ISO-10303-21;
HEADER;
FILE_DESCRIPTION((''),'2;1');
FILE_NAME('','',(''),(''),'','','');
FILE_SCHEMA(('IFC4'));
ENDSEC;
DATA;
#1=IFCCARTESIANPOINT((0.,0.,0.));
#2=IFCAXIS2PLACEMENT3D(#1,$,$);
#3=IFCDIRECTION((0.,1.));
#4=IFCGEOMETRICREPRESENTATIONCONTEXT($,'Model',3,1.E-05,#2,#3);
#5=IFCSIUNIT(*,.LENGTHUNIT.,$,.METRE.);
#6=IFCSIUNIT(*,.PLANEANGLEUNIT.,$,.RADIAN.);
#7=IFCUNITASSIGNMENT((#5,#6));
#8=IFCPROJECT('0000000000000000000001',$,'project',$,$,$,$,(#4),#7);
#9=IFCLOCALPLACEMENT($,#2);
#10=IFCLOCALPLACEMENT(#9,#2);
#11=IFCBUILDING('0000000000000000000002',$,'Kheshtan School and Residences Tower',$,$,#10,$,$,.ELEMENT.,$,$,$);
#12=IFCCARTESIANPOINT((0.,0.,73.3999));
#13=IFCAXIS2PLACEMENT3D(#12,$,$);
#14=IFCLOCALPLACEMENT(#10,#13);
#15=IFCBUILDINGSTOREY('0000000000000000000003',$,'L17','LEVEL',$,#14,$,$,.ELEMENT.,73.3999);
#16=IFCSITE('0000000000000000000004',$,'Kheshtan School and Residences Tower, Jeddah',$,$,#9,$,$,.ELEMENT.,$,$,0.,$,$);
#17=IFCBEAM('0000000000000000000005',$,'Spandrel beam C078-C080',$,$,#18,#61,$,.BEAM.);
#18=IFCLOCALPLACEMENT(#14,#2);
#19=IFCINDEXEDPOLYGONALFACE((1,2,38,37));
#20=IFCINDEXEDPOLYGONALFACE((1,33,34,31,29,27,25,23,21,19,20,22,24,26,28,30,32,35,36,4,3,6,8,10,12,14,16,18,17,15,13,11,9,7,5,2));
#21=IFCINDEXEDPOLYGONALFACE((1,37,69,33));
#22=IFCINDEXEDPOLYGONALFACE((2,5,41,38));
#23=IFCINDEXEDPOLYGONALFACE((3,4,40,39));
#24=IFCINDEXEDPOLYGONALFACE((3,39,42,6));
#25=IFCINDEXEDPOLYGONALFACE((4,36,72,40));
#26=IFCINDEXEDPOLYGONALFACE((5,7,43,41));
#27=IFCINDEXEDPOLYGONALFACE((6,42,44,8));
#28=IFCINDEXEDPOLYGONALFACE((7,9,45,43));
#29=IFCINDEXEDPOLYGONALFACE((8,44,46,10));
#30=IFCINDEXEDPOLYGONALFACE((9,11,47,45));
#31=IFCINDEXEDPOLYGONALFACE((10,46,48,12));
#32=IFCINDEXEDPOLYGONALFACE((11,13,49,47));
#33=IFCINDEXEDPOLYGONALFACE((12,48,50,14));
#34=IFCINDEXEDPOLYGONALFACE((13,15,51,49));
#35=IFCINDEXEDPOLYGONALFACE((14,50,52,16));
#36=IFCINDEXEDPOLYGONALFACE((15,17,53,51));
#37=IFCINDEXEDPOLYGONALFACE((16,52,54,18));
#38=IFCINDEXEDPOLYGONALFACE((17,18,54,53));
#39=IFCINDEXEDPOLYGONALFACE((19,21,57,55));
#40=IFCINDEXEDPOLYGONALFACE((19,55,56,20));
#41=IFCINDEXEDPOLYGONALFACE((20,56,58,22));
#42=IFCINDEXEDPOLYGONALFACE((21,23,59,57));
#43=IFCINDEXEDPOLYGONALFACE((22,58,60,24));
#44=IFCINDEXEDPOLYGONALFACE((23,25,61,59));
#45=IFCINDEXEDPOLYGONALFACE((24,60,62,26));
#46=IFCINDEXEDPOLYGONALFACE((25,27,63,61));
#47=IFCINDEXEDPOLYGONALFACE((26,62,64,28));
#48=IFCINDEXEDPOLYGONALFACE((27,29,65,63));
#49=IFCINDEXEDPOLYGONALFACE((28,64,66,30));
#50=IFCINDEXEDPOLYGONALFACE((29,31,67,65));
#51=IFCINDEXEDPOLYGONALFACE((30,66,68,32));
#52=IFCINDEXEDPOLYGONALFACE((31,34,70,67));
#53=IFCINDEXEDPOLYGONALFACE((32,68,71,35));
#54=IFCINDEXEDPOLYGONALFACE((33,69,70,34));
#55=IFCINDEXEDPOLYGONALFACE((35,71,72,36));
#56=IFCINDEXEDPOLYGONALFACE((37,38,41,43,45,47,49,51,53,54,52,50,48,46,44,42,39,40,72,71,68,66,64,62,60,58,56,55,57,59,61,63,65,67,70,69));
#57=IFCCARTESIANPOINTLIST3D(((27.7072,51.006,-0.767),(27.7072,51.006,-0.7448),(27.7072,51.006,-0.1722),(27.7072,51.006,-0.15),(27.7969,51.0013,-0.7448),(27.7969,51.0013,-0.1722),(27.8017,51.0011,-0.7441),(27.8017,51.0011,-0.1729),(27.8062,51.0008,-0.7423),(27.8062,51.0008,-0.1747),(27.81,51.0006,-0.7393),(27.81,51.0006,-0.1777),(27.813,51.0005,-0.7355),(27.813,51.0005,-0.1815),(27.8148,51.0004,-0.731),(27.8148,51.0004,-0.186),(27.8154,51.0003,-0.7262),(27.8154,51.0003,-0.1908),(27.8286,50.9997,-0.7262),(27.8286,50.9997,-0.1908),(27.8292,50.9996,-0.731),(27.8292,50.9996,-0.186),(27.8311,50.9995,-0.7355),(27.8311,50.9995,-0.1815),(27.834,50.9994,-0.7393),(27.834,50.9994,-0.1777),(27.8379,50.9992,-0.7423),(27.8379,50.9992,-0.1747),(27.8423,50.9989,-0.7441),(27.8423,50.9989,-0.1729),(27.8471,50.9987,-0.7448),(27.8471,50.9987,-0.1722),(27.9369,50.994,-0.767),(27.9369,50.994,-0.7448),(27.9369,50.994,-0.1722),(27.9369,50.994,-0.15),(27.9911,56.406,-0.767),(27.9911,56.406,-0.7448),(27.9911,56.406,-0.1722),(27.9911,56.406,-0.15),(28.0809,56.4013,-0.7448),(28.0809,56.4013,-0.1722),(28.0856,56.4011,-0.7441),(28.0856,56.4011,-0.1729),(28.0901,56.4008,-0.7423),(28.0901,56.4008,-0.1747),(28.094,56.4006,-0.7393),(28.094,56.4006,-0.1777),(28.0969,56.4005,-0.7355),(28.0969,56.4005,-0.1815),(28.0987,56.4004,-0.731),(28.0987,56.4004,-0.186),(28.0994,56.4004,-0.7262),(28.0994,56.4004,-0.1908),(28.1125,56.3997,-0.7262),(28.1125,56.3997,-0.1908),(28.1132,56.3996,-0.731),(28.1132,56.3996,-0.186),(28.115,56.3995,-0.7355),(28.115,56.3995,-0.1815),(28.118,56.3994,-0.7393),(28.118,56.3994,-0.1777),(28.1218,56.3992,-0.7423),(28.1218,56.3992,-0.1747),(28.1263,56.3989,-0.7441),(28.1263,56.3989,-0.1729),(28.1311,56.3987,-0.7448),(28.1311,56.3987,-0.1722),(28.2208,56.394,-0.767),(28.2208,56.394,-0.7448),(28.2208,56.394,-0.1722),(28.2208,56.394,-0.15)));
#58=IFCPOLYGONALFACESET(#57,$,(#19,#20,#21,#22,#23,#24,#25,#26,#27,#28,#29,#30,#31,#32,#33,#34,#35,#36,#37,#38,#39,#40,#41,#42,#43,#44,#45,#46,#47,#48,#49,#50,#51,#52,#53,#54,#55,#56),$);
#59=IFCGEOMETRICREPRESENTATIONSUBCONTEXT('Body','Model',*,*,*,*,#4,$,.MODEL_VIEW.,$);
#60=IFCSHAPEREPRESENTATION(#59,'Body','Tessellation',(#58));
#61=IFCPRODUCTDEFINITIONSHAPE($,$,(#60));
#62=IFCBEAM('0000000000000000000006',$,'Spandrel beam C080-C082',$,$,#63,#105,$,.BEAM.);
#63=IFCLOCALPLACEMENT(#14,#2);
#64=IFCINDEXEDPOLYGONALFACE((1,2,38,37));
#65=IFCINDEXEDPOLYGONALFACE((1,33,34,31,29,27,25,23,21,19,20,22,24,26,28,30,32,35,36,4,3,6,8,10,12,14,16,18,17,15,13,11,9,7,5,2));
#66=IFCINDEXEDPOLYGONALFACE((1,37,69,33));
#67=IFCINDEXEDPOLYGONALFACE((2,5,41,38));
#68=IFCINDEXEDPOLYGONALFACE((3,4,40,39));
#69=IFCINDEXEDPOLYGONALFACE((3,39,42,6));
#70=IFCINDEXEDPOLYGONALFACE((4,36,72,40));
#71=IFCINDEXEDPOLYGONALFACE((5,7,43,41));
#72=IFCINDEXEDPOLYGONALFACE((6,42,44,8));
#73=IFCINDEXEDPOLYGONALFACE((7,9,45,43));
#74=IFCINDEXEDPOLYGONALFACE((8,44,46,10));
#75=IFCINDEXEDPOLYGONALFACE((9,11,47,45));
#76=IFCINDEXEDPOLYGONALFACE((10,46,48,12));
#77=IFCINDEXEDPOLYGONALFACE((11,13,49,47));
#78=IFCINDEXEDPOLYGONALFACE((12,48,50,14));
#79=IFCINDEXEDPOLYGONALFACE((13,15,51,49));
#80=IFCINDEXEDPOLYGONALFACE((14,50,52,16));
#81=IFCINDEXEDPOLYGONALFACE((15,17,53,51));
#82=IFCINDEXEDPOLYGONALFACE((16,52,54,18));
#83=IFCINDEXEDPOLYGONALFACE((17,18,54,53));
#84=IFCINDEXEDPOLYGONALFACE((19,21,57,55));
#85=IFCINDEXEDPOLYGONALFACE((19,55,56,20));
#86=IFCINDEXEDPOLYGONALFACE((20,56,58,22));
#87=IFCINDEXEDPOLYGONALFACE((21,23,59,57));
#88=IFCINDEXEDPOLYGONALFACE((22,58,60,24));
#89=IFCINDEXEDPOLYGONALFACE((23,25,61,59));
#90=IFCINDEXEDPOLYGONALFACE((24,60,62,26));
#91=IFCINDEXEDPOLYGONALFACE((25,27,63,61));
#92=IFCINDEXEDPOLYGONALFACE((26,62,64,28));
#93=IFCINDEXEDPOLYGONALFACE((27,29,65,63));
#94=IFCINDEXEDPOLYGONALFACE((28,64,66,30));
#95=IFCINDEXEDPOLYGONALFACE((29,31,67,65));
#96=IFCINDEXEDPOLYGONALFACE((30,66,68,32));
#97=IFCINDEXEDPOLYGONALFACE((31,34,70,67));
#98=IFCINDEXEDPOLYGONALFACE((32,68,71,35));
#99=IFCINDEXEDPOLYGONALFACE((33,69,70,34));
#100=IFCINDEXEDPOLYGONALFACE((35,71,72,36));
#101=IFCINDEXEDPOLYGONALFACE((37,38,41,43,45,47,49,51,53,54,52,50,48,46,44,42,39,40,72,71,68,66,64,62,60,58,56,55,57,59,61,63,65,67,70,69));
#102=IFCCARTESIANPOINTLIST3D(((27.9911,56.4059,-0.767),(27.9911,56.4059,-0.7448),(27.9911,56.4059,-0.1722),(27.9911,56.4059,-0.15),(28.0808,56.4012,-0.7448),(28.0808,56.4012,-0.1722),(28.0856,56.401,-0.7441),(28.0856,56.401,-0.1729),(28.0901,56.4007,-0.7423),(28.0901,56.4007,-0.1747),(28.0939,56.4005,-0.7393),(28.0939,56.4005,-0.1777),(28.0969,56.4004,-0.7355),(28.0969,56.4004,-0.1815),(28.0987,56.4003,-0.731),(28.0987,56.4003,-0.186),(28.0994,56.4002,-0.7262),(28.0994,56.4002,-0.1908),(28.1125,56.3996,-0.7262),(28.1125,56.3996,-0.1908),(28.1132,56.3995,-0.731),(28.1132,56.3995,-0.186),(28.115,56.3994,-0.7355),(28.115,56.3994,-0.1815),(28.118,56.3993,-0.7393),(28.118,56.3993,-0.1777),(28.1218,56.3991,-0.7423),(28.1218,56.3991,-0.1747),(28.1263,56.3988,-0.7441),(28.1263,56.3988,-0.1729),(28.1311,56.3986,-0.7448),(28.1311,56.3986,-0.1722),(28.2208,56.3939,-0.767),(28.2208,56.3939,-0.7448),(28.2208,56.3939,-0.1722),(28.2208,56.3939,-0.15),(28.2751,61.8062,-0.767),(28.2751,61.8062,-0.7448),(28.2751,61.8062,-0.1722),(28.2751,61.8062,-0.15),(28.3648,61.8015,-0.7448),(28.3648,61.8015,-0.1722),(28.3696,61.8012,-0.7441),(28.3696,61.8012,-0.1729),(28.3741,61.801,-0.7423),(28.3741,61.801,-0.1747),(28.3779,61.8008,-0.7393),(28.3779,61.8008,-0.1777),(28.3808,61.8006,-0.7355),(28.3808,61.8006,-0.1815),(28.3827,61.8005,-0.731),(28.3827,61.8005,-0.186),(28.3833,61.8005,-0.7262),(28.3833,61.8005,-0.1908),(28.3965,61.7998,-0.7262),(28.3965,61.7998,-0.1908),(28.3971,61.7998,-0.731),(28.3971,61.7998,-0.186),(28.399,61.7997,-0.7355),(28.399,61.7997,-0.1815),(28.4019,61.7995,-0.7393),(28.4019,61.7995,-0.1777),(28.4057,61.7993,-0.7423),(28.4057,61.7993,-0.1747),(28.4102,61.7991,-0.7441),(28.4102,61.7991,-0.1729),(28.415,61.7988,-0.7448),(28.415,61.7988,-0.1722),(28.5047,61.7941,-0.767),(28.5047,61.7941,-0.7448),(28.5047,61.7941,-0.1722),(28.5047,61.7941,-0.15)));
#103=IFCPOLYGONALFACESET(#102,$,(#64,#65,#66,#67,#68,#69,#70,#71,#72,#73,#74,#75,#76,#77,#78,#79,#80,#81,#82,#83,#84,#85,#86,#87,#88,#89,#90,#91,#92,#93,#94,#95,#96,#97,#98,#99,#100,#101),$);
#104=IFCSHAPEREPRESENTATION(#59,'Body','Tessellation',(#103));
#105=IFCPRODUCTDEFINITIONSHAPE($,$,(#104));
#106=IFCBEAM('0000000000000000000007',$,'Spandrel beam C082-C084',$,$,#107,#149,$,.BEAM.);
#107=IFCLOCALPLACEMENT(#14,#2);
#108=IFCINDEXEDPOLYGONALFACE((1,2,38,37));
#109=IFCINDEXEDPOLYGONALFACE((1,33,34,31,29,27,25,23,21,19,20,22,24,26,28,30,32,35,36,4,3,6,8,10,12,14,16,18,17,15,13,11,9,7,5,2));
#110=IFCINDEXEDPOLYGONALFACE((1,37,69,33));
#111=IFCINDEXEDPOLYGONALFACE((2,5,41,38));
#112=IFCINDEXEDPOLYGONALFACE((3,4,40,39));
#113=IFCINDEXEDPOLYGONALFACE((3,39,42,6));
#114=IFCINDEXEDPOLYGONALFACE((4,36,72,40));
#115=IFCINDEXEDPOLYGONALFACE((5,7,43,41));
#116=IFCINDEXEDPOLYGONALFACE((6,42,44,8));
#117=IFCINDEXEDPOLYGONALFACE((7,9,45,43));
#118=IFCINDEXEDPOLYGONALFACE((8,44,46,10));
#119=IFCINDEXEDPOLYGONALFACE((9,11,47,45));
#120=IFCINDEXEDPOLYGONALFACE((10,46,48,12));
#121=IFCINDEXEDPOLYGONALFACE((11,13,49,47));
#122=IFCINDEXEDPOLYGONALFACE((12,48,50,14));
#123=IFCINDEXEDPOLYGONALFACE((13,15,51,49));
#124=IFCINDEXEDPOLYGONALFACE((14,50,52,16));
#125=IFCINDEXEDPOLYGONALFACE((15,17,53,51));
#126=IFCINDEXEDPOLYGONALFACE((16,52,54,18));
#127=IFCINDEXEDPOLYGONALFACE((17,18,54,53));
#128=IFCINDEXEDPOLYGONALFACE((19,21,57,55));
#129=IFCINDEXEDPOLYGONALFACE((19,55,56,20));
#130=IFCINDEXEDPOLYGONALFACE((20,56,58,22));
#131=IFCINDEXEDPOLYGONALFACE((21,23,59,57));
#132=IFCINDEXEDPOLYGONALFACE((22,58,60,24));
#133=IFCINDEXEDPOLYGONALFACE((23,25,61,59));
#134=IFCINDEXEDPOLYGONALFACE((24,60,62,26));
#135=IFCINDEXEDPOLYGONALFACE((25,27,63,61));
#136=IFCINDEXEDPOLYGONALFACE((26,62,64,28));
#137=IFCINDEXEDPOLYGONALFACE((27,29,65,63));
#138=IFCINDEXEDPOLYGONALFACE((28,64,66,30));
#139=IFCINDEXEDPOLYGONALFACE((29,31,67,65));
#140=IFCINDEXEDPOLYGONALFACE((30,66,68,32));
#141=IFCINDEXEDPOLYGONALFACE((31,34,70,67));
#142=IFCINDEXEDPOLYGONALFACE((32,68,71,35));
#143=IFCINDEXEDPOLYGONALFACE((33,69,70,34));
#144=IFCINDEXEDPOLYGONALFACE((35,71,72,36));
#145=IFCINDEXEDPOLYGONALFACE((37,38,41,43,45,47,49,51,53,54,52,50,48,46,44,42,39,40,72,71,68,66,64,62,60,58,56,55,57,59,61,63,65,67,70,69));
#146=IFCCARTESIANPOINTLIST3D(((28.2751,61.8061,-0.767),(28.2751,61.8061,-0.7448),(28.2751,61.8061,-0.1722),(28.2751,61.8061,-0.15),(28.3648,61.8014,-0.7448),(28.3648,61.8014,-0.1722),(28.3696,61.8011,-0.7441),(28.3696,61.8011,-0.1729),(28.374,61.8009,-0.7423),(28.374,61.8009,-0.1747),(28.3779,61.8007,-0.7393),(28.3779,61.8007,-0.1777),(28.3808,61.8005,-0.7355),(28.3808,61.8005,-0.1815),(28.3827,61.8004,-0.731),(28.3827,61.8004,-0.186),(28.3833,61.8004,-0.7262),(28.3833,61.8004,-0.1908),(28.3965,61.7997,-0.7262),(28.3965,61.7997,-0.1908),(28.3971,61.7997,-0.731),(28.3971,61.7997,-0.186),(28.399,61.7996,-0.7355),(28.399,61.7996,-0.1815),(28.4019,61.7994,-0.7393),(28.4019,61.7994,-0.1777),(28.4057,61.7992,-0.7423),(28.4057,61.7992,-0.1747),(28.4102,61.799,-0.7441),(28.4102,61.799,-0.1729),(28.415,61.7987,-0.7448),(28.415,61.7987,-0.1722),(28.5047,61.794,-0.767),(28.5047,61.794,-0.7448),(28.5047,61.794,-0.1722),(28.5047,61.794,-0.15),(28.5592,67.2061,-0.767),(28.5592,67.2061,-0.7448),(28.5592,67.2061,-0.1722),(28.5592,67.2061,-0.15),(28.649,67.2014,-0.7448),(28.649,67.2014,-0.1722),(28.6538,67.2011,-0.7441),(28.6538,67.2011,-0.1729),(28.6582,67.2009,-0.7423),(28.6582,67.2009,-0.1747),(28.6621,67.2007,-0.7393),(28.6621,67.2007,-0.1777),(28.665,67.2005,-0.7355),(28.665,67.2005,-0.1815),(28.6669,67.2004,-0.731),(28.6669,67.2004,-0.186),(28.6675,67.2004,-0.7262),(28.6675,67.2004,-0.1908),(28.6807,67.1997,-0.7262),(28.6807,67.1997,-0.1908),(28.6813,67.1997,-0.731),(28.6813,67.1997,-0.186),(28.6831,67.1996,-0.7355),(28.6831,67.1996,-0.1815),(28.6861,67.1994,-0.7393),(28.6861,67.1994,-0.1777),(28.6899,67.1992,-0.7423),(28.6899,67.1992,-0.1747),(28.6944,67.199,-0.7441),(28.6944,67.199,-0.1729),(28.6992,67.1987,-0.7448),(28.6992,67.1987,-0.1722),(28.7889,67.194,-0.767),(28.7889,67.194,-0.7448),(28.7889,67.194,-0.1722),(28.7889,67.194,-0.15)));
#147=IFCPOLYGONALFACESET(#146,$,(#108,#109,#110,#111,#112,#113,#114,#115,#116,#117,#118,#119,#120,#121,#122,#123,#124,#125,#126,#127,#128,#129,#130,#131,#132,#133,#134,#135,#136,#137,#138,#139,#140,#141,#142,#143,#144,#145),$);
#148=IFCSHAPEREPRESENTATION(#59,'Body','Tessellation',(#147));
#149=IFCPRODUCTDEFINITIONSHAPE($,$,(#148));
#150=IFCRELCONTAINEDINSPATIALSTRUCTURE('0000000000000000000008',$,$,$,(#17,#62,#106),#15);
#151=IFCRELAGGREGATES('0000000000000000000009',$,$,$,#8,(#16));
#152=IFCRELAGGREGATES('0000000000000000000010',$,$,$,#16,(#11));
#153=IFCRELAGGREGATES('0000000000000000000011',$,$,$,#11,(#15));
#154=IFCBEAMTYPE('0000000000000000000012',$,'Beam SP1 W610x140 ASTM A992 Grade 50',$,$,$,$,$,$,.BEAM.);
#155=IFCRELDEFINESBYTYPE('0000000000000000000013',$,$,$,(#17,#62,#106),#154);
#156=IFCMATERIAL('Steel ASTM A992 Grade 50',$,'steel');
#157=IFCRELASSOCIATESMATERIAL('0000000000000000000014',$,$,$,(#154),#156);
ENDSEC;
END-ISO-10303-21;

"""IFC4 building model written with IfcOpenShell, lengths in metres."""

from ifc_helpers import new_model, si_unit, direction, frame, origin, origin_2d, place, context, subcontext, project, spatial, i_section, extrude, material, material_profile, profile_set, type_object, element, save


model = new_model("IFC4")

# Units and contexts
model_context = context("Model", 3, precision=1e-05, world=origin(), true_north=direction((0.0, 1.0)))
body_context = subcontext(model_context, "Body", "Model", "MODEL_VIEW")
ifc_project = project(units=[si_unit("LENGTHUNIT", "METRE"), si_unit("PLANEANGLEUNIT", "RADIAN")], contexts=[model_context])

# Site, building, storey
site_placement = place(None, origin())
site = spatial("IfcSite", under=ifc_project, at=site_placement, Name="Kheshtan School and Residences Tower, Jeddah", CompositionType="ELEMENT", RefElevation=0.0)
building_placement = place(site_placement, origin())
building = spatial("IfcBuilding", under=site, at=building_placement, Name="Kheshtan School and Residences Tower", CompositionType="ELEMENT")
storey_placement = place(building_placement, frame((0.0, 0.0, 73.3999)))
storey = spatial("IfcBuildingStorey", under=building, at=storey_placement, Name="L17", Description="LEVEL", CompositionType="ELEMENT", Elevation=73.3999)

# Shared definitions
ifc_material_1 = material(Name="Steel ASTM A992 Grade 50", Category="steel")

# Beams
ifc_material_profile_1 = material_profile(ifc_material_1, i_section(OverallWidth=0.23, OverallDepth=0.6169, WebThickness=0.0132, FlangeThickness=0.0222, FilletRadius=0.0186, at=origin_2d()), Name="W610x140")
ifc_profile_set_1 = profile_set([ifc_material_profile_1], Name="Steel ASTM A992 Grade 50")
beam_type_1 = type_object("IfcBeamType", Name="Beam SP1 W610x140 ASTM A992 Grade 50", PredefinedType="BEAM", material=ifc_profile_set_1)
beam_1_placement = place(storey_placement, frame((27.822, 51.0, -0.4585), z_axis=(0.052509, 0.99862, 0.0), x_axis=(-0.99862, 0.052509, 0.0)))
element("IfcBeam", 1, at=beam_1_placement, inside=storey, type_object=beam_type_1, Name="Spandrel beam C078-C080", PredefinedType="BEAM", context=body_context, shape_type="SweptSolid", body=[
    extrude(i_section(OverallWidth=0.23, OverallDepth=0.6169, WebThickness=0.0132, FlangeThickness=0.0222, FilletRadius=0.0186, at=origin_2d()), origin(), (0.0, 0.0, 1.0), 5.4075),
])
beam_2_placement = place(storey_placement, frame((28.106, 56.3999, -0.4585), z_axis=(0.052507, 0.998621, 0.0), x_axis=(-0.998621, 0.052507, 0.0)))
element("IfcBeam", 2, at=beam_2_placement, inside=storey, type_object=beam_type_1, Name="Spandrel beam C080-C082", PredefinedType="BEAM", context=body_context, shape_type="SweptSolid", body=[
    extrude(i_section(OverallWidth=0.23, OverallDepth=0.6169, WebThickness=0.0132, FlangeThickness=0.0222, FilletRadius=0.0186, at=origin_2d()), origin(), (0.0, 0.0, 1.0), 5.4077),
])
beam_3_placement = place(storey_placement, frame((28.3899, 61.8, -0.4585), z_axis=(0.052554, 0.998618, 0.0), x_axis=(-0.998618, 0.052554, 0.0)))
element("IfcBeam", 3, at=beam_3_placement, inside=storey, type_object=beam_type_1, Name="Spandrel beam C082-C084", PredefinedType="BEAM", context=body_context, shape_type="SweptSolid", body=[
    extrude(i_section(OverallWidth=0.23, OverallDepth=0.6169, WebThickness=0.0132, FlangeThickness=0.0222, FilletRadius=0.0186, at=origin_2d()), origin(), (0.0, 0.0, 1.0), 5.4075),
])

save(model, "model.ifc")
